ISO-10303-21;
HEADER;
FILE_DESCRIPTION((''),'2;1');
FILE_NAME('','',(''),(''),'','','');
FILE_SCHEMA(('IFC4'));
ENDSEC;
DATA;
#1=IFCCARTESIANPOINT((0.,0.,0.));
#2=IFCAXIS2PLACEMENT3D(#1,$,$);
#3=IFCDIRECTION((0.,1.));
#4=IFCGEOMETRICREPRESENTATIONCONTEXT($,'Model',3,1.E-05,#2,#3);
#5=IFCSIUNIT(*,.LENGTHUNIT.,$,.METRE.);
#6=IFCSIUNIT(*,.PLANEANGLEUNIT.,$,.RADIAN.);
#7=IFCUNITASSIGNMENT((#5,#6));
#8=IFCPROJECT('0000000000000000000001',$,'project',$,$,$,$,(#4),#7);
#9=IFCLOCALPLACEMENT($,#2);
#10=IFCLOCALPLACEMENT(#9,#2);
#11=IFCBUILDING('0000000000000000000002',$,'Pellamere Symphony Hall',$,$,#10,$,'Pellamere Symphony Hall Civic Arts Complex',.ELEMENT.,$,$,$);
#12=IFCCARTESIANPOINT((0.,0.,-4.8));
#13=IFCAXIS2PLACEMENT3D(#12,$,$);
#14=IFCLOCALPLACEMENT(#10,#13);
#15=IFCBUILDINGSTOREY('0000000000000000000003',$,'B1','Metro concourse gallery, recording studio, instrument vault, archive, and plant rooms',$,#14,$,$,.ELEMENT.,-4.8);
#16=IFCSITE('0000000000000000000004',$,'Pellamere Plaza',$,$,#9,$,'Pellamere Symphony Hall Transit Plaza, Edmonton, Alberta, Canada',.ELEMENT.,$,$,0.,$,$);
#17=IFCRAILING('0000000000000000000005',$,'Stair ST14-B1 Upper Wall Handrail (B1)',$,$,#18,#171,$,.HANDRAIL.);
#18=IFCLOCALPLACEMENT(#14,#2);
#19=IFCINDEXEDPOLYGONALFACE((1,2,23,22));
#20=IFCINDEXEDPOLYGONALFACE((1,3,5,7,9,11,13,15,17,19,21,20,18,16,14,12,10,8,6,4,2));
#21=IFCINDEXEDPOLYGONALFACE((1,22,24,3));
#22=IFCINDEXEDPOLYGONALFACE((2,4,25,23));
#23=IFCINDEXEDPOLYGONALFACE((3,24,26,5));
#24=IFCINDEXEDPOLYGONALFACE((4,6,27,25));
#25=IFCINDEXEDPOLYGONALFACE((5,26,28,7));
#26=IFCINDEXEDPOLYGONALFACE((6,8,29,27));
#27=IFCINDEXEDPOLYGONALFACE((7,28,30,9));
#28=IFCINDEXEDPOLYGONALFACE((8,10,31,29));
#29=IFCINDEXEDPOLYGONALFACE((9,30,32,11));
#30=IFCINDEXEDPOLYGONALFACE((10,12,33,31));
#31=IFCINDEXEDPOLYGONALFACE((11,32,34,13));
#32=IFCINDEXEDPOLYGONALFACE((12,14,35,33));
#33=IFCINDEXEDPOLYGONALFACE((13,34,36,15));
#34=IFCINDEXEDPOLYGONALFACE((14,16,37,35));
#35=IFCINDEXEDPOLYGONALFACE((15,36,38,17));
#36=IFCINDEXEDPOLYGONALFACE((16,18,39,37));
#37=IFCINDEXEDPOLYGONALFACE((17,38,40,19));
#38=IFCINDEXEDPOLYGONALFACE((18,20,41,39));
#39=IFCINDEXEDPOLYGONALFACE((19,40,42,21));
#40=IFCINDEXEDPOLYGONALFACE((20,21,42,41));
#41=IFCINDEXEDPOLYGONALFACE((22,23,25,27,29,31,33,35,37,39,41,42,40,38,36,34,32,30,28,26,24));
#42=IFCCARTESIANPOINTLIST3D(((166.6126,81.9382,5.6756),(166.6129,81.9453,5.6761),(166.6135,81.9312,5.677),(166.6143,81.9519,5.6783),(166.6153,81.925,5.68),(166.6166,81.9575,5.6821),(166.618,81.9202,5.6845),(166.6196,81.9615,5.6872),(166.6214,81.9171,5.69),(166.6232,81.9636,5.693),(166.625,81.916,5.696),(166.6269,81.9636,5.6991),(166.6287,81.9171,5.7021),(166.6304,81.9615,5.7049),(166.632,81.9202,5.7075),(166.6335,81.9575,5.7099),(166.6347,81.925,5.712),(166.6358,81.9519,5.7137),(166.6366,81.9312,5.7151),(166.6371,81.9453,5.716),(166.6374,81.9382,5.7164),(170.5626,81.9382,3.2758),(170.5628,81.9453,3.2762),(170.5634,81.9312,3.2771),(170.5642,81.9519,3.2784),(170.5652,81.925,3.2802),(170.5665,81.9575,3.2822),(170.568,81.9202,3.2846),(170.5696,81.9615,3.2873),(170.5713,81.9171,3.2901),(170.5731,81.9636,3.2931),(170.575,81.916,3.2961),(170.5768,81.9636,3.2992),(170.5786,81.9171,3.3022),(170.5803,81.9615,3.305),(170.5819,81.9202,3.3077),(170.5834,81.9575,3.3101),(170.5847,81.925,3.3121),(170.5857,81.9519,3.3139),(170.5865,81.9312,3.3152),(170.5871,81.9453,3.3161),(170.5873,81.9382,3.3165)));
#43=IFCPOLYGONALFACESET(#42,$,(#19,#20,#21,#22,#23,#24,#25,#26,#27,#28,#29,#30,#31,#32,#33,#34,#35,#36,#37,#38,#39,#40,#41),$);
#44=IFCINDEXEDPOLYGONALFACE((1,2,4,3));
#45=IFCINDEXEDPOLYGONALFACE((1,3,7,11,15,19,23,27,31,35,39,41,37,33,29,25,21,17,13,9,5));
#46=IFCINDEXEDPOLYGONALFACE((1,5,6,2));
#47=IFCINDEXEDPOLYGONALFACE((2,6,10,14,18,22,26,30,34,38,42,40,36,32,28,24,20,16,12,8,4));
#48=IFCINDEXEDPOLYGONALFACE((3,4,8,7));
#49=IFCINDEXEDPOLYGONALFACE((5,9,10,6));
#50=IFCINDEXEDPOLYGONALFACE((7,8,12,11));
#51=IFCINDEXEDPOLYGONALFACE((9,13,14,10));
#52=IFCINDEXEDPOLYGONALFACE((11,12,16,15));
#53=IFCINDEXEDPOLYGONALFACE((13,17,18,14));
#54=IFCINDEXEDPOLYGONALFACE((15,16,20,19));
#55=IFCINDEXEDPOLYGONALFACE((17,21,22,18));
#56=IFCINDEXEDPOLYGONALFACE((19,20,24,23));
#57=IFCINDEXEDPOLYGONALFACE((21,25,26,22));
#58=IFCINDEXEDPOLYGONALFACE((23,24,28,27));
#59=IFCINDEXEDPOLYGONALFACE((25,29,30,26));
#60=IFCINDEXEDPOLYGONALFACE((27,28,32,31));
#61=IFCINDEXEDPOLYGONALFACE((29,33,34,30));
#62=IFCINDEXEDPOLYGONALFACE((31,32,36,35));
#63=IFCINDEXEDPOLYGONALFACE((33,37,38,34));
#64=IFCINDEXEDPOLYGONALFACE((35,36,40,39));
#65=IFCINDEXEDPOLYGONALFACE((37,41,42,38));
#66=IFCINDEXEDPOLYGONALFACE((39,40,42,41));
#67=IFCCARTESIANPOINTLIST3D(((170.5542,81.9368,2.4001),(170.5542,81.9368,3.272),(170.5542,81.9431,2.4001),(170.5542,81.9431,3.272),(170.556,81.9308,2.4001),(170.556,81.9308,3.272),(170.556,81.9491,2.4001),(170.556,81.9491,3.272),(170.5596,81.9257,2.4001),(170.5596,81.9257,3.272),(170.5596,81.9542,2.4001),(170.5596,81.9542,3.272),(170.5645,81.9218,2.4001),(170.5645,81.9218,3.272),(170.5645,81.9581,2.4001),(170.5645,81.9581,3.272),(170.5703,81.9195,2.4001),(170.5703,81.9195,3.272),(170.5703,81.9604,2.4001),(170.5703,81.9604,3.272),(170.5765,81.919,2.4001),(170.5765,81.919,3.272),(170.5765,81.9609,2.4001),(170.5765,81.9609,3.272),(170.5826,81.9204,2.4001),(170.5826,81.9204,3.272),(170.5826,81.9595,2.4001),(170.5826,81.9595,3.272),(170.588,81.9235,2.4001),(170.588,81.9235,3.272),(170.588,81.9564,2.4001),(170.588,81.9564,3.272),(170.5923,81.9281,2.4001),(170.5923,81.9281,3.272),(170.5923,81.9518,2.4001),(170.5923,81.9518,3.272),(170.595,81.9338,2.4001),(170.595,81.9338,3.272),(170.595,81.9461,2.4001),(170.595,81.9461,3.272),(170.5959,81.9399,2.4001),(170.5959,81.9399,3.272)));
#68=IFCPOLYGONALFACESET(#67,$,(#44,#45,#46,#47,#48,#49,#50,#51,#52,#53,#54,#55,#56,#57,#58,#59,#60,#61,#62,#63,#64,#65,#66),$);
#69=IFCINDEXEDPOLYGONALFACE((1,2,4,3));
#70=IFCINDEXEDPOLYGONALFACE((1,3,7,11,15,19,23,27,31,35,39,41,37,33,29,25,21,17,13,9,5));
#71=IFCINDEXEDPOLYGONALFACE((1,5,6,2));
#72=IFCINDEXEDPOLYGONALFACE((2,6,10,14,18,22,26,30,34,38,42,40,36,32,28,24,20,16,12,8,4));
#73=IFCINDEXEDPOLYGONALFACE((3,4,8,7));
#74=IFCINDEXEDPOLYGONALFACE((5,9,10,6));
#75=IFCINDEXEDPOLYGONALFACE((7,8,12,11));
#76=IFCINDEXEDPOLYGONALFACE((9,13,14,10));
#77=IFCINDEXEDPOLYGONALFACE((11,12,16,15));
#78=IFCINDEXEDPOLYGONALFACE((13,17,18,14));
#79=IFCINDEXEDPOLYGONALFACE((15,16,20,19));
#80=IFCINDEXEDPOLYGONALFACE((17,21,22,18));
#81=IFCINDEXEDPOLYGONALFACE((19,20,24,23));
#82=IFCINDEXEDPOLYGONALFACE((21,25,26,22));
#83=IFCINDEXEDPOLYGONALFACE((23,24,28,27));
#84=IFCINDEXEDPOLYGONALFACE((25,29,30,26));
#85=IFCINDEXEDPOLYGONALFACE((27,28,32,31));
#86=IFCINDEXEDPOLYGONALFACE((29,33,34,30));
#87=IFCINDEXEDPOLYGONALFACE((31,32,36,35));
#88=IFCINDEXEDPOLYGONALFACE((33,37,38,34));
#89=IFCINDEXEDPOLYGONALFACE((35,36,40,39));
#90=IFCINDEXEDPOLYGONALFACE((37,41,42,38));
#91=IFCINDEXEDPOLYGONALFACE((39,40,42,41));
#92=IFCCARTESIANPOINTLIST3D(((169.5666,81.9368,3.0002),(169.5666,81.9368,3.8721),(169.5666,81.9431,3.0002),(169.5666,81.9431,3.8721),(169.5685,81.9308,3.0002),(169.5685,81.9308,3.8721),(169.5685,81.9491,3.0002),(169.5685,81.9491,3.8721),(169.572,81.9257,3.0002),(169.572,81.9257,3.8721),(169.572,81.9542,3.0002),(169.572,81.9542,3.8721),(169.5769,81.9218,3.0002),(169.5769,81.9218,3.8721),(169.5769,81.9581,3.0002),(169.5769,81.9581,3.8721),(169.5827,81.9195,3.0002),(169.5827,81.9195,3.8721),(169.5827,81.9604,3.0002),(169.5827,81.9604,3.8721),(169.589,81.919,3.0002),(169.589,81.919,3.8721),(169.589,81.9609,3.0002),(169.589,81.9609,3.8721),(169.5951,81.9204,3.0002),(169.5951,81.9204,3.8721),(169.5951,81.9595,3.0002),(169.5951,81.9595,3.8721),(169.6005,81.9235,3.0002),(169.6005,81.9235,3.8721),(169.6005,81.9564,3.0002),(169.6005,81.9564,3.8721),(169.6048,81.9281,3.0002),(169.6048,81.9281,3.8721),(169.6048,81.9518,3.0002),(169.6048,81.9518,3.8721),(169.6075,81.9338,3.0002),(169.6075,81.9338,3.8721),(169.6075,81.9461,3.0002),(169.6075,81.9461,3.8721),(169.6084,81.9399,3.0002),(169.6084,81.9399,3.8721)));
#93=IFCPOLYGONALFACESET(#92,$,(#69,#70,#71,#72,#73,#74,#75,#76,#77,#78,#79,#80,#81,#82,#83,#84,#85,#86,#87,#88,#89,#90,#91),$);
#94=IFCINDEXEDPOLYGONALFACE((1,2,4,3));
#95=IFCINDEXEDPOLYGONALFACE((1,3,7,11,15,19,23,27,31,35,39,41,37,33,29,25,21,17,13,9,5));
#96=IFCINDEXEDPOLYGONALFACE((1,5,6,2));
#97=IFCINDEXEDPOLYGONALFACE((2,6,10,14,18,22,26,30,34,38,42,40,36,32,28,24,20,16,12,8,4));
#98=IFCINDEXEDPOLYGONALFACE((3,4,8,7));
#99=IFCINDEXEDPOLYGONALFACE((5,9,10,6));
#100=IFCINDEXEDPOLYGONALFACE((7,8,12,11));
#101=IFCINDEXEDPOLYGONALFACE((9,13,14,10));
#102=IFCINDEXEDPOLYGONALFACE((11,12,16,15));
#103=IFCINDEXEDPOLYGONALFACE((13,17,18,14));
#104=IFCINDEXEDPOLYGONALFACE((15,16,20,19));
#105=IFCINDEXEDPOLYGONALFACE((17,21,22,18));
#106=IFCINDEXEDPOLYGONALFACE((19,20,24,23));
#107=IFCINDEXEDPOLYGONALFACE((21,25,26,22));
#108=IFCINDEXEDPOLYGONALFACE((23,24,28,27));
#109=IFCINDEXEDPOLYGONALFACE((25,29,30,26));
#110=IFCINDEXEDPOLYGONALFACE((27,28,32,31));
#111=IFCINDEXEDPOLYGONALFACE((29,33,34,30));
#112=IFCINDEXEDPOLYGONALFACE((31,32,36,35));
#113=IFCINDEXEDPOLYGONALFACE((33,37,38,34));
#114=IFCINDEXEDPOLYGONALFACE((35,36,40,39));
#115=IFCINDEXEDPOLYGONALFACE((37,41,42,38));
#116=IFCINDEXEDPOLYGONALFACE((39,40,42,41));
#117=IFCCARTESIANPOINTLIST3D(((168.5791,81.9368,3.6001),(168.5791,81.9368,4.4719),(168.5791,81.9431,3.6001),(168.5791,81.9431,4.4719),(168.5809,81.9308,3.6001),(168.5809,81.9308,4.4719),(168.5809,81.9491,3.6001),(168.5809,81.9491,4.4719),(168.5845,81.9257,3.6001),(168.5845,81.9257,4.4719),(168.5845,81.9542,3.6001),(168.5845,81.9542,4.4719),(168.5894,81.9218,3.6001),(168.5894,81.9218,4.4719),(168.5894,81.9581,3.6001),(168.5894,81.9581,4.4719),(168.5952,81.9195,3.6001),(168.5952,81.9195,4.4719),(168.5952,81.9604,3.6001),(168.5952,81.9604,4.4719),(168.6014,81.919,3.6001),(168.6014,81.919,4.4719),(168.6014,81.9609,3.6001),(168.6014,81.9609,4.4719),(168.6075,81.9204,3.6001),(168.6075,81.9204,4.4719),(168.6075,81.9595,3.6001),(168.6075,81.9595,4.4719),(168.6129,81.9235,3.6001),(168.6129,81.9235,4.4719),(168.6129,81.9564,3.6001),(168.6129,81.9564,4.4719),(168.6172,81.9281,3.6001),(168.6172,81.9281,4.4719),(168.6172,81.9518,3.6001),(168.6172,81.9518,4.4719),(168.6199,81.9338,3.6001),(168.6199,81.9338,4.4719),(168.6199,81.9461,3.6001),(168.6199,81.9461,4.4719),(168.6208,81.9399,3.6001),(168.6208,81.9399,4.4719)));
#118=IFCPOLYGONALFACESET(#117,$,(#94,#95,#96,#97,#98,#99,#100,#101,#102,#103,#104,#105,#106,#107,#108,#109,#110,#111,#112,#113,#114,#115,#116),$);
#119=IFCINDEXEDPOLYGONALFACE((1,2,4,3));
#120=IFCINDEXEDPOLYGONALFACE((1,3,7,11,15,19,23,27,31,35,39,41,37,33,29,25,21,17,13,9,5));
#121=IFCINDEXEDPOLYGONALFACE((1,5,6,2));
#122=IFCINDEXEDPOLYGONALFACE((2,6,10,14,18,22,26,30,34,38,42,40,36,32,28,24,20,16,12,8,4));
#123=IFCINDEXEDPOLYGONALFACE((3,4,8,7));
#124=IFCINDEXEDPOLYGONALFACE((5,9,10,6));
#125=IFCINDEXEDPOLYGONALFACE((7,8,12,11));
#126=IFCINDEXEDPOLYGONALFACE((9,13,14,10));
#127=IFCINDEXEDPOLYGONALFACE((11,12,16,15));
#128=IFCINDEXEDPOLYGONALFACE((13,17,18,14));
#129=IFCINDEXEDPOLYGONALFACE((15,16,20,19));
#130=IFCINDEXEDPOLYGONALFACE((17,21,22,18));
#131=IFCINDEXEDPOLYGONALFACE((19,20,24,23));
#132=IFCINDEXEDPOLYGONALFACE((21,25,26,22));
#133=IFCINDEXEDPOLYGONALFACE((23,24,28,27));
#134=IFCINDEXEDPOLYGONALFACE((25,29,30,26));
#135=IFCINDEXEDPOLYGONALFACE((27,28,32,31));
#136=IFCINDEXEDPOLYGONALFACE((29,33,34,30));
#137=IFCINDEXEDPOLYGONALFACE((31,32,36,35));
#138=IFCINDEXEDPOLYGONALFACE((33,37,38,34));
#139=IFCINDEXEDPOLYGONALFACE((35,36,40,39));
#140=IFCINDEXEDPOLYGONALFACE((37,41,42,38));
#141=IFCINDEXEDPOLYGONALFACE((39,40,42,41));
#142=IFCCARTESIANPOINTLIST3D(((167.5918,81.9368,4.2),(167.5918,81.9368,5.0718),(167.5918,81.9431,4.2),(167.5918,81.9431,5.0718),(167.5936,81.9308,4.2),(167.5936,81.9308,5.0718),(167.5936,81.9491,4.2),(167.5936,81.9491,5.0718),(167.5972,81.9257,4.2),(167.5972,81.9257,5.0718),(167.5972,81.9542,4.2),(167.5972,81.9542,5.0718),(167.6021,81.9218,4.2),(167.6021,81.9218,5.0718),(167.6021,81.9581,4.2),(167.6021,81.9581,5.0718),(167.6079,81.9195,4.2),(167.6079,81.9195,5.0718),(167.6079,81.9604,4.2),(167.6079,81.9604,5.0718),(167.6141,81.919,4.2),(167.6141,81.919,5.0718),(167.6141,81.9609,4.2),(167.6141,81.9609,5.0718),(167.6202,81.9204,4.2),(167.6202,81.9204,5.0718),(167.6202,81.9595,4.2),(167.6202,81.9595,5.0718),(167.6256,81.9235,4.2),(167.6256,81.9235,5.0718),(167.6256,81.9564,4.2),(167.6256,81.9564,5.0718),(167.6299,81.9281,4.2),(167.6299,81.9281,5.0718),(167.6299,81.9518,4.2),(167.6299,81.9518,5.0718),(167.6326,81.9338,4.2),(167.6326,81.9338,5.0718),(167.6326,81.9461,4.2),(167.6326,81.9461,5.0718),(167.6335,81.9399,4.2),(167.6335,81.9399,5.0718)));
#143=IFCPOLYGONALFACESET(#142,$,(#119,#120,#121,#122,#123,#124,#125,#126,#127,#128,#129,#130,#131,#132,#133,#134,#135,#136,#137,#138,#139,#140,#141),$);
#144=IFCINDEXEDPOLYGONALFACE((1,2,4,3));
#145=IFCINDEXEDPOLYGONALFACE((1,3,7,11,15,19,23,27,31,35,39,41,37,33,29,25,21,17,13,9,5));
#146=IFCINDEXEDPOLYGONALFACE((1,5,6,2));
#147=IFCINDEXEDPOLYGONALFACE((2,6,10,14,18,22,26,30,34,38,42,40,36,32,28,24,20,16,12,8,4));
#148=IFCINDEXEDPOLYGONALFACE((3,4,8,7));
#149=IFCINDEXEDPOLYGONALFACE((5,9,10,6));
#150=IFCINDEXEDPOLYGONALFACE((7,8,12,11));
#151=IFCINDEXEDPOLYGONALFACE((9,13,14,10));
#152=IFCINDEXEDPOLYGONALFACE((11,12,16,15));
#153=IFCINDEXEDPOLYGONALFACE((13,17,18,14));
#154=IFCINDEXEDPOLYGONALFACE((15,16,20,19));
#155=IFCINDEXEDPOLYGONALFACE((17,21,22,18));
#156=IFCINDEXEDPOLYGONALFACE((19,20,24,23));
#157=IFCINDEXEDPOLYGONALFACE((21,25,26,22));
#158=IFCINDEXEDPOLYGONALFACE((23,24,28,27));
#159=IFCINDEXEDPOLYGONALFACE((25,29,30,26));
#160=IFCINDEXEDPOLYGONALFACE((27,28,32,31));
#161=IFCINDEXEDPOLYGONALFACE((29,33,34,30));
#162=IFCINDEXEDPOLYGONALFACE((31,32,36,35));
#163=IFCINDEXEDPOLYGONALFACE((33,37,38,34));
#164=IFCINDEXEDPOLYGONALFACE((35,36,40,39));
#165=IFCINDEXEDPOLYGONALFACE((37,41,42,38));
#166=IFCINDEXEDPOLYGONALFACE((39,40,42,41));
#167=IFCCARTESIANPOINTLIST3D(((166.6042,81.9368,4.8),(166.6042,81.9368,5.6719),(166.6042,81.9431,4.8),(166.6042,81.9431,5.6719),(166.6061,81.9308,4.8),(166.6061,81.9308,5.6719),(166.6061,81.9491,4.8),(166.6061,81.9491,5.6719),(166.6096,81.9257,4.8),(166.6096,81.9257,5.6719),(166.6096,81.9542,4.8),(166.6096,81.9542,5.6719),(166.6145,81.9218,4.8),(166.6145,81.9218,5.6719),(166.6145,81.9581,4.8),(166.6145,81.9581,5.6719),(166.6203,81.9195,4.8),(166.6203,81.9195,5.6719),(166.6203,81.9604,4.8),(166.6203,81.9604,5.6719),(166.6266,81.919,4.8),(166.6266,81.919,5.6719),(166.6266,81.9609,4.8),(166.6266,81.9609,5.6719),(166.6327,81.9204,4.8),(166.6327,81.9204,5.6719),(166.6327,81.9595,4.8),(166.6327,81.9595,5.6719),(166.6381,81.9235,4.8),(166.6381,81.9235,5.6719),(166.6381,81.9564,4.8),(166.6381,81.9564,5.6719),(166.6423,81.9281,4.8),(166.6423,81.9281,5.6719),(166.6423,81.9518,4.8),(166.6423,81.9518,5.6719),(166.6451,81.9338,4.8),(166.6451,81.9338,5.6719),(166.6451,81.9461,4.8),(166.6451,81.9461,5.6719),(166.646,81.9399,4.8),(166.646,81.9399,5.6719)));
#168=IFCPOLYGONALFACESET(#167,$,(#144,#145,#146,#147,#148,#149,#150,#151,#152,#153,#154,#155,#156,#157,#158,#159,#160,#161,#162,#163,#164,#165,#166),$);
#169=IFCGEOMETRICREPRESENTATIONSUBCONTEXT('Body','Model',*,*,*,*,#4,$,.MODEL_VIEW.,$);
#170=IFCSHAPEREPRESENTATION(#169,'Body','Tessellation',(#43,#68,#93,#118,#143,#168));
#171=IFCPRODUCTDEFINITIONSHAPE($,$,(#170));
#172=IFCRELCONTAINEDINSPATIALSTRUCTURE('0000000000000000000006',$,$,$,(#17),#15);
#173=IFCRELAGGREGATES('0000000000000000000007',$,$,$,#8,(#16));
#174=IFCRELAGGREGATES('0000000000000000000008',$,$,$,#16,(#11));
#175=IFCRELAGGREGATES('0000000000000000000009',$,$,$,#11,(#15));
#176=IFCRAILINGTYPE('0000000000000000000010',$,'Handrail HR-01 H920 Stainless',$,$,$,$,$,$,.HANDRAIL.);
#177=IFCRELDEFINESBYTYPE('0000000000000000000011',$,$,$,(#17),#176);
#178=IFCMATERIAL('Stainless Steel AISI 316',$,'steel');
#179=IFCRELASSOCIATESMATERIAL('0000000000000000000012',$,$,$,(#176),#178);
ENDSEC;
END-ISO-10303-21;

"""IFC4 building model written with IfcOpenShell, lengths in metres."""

from ifc_helpers import new_model, si_unit, direction, frame, origin, origin_2d, place, context, subcontext, project, spatial, circle, extrude, material, type_object, element, save


model = new_model("IFC4")

# Units and contexts
model_context = context("Model", 3, precision=1e-05, world=origin(), true_north=direction((0.0, 1.0)))
body_context = subcontext(model_context, "Body", "Model", "MODEL_VIEW")
ifc_project = project(units=[si_unit("LENGTHUNIT", "METRE"), si_unit("PLANEANGLEUNIT", "RADIAN")], contexts=[model_context])

# Site, building, storey
site_placement = place(None, origin())
site = spatial("IfcSite", under=ifc_project, at=site_placement, Name="Pellamere Plaza", LongName="Pellamere Symphony Hall Transit Plaza, Edmonton, Alberta, Canada", CompositionType="ELEMENT", RefElevation=0.0)
building_placement = place(site_placement, origin())
building = spatial("IfcBuilding", under=site, at=building_placement, Name="Pellamere Symphony Hall", LongName="Pellamere Symphony Hall Civic Arts Complex", CompositionType="ELEMENT")
storey_placement = place(building_placement, frame((0.0, 0.0, -4.8)))
storey = spatial("IfcBuildingStorey", under=building, at=storey_placement, Name="B1", Description="Metro concourse gallery, recording studio, instrument vault, archive, and plant rooms", CompositionType="ELEMENT", Elevation=-4.8)

# Railing
ifc_material_1 = material(Name="Stainless Steel AISI 316", Category="steel")
railing_type_1 = type_object("IfcRailingType", Name="Handrail HR-01 H920 Stainless", PredefinedType="HANDRAIL", material=ifc_material_1)
railing_1_placement = place(storey_placement, frame((170.575, 81.9399, 2.4001)))
element("IfcRailing", 1, at=railing_1_placement, inside=storey, type_object=railing_type_1, Name="Stair ST14-B1 Upper Wall Handrail (B1)", PredefinedType="HANDRAIL", context=body_context, shape_type="SweptSolid", body=[
    extrude(circle(Radius=0.0239, at=origin_2d()), frame((0.0, 0.0, 0.896), z_axis=(-0.854623, 0.0, 0.51925), x_axis=(0.0, -1.0, 0.0)), (0.0, 0.0, 1.0), 4.6218),
    extrude(circle(Radius=0.021, at=origin_2d()), origin(), (0.0, 0.0, 1.0), 0.8718),
    extrude(circle(Radius=0.021, at=origin_2d()), frame((-0.9875, 0.0, 0.6001)), (0.0, 0.0, 1.0), 0.8718),
    extrude(circle(Radius=0.021, at=origin_2d()), frame((-1.9751, 0.0, 1.2)), (0.0, 0.0, 1.0), 0.8718),
    extrude(circle(Radius=0.021, at=origin_2d()), frame((-2.9624, 0.0, 1.7998)), (0.0, 0.0, 1.0), 0.8718),
    extrude(circle(Radius=0.021, at=origin_2d()), frame((-3.95, 0.0, 2.3999)), (0.0, 0.0, 1.0), 0.8718),
])

save(model, "model.ifc")
